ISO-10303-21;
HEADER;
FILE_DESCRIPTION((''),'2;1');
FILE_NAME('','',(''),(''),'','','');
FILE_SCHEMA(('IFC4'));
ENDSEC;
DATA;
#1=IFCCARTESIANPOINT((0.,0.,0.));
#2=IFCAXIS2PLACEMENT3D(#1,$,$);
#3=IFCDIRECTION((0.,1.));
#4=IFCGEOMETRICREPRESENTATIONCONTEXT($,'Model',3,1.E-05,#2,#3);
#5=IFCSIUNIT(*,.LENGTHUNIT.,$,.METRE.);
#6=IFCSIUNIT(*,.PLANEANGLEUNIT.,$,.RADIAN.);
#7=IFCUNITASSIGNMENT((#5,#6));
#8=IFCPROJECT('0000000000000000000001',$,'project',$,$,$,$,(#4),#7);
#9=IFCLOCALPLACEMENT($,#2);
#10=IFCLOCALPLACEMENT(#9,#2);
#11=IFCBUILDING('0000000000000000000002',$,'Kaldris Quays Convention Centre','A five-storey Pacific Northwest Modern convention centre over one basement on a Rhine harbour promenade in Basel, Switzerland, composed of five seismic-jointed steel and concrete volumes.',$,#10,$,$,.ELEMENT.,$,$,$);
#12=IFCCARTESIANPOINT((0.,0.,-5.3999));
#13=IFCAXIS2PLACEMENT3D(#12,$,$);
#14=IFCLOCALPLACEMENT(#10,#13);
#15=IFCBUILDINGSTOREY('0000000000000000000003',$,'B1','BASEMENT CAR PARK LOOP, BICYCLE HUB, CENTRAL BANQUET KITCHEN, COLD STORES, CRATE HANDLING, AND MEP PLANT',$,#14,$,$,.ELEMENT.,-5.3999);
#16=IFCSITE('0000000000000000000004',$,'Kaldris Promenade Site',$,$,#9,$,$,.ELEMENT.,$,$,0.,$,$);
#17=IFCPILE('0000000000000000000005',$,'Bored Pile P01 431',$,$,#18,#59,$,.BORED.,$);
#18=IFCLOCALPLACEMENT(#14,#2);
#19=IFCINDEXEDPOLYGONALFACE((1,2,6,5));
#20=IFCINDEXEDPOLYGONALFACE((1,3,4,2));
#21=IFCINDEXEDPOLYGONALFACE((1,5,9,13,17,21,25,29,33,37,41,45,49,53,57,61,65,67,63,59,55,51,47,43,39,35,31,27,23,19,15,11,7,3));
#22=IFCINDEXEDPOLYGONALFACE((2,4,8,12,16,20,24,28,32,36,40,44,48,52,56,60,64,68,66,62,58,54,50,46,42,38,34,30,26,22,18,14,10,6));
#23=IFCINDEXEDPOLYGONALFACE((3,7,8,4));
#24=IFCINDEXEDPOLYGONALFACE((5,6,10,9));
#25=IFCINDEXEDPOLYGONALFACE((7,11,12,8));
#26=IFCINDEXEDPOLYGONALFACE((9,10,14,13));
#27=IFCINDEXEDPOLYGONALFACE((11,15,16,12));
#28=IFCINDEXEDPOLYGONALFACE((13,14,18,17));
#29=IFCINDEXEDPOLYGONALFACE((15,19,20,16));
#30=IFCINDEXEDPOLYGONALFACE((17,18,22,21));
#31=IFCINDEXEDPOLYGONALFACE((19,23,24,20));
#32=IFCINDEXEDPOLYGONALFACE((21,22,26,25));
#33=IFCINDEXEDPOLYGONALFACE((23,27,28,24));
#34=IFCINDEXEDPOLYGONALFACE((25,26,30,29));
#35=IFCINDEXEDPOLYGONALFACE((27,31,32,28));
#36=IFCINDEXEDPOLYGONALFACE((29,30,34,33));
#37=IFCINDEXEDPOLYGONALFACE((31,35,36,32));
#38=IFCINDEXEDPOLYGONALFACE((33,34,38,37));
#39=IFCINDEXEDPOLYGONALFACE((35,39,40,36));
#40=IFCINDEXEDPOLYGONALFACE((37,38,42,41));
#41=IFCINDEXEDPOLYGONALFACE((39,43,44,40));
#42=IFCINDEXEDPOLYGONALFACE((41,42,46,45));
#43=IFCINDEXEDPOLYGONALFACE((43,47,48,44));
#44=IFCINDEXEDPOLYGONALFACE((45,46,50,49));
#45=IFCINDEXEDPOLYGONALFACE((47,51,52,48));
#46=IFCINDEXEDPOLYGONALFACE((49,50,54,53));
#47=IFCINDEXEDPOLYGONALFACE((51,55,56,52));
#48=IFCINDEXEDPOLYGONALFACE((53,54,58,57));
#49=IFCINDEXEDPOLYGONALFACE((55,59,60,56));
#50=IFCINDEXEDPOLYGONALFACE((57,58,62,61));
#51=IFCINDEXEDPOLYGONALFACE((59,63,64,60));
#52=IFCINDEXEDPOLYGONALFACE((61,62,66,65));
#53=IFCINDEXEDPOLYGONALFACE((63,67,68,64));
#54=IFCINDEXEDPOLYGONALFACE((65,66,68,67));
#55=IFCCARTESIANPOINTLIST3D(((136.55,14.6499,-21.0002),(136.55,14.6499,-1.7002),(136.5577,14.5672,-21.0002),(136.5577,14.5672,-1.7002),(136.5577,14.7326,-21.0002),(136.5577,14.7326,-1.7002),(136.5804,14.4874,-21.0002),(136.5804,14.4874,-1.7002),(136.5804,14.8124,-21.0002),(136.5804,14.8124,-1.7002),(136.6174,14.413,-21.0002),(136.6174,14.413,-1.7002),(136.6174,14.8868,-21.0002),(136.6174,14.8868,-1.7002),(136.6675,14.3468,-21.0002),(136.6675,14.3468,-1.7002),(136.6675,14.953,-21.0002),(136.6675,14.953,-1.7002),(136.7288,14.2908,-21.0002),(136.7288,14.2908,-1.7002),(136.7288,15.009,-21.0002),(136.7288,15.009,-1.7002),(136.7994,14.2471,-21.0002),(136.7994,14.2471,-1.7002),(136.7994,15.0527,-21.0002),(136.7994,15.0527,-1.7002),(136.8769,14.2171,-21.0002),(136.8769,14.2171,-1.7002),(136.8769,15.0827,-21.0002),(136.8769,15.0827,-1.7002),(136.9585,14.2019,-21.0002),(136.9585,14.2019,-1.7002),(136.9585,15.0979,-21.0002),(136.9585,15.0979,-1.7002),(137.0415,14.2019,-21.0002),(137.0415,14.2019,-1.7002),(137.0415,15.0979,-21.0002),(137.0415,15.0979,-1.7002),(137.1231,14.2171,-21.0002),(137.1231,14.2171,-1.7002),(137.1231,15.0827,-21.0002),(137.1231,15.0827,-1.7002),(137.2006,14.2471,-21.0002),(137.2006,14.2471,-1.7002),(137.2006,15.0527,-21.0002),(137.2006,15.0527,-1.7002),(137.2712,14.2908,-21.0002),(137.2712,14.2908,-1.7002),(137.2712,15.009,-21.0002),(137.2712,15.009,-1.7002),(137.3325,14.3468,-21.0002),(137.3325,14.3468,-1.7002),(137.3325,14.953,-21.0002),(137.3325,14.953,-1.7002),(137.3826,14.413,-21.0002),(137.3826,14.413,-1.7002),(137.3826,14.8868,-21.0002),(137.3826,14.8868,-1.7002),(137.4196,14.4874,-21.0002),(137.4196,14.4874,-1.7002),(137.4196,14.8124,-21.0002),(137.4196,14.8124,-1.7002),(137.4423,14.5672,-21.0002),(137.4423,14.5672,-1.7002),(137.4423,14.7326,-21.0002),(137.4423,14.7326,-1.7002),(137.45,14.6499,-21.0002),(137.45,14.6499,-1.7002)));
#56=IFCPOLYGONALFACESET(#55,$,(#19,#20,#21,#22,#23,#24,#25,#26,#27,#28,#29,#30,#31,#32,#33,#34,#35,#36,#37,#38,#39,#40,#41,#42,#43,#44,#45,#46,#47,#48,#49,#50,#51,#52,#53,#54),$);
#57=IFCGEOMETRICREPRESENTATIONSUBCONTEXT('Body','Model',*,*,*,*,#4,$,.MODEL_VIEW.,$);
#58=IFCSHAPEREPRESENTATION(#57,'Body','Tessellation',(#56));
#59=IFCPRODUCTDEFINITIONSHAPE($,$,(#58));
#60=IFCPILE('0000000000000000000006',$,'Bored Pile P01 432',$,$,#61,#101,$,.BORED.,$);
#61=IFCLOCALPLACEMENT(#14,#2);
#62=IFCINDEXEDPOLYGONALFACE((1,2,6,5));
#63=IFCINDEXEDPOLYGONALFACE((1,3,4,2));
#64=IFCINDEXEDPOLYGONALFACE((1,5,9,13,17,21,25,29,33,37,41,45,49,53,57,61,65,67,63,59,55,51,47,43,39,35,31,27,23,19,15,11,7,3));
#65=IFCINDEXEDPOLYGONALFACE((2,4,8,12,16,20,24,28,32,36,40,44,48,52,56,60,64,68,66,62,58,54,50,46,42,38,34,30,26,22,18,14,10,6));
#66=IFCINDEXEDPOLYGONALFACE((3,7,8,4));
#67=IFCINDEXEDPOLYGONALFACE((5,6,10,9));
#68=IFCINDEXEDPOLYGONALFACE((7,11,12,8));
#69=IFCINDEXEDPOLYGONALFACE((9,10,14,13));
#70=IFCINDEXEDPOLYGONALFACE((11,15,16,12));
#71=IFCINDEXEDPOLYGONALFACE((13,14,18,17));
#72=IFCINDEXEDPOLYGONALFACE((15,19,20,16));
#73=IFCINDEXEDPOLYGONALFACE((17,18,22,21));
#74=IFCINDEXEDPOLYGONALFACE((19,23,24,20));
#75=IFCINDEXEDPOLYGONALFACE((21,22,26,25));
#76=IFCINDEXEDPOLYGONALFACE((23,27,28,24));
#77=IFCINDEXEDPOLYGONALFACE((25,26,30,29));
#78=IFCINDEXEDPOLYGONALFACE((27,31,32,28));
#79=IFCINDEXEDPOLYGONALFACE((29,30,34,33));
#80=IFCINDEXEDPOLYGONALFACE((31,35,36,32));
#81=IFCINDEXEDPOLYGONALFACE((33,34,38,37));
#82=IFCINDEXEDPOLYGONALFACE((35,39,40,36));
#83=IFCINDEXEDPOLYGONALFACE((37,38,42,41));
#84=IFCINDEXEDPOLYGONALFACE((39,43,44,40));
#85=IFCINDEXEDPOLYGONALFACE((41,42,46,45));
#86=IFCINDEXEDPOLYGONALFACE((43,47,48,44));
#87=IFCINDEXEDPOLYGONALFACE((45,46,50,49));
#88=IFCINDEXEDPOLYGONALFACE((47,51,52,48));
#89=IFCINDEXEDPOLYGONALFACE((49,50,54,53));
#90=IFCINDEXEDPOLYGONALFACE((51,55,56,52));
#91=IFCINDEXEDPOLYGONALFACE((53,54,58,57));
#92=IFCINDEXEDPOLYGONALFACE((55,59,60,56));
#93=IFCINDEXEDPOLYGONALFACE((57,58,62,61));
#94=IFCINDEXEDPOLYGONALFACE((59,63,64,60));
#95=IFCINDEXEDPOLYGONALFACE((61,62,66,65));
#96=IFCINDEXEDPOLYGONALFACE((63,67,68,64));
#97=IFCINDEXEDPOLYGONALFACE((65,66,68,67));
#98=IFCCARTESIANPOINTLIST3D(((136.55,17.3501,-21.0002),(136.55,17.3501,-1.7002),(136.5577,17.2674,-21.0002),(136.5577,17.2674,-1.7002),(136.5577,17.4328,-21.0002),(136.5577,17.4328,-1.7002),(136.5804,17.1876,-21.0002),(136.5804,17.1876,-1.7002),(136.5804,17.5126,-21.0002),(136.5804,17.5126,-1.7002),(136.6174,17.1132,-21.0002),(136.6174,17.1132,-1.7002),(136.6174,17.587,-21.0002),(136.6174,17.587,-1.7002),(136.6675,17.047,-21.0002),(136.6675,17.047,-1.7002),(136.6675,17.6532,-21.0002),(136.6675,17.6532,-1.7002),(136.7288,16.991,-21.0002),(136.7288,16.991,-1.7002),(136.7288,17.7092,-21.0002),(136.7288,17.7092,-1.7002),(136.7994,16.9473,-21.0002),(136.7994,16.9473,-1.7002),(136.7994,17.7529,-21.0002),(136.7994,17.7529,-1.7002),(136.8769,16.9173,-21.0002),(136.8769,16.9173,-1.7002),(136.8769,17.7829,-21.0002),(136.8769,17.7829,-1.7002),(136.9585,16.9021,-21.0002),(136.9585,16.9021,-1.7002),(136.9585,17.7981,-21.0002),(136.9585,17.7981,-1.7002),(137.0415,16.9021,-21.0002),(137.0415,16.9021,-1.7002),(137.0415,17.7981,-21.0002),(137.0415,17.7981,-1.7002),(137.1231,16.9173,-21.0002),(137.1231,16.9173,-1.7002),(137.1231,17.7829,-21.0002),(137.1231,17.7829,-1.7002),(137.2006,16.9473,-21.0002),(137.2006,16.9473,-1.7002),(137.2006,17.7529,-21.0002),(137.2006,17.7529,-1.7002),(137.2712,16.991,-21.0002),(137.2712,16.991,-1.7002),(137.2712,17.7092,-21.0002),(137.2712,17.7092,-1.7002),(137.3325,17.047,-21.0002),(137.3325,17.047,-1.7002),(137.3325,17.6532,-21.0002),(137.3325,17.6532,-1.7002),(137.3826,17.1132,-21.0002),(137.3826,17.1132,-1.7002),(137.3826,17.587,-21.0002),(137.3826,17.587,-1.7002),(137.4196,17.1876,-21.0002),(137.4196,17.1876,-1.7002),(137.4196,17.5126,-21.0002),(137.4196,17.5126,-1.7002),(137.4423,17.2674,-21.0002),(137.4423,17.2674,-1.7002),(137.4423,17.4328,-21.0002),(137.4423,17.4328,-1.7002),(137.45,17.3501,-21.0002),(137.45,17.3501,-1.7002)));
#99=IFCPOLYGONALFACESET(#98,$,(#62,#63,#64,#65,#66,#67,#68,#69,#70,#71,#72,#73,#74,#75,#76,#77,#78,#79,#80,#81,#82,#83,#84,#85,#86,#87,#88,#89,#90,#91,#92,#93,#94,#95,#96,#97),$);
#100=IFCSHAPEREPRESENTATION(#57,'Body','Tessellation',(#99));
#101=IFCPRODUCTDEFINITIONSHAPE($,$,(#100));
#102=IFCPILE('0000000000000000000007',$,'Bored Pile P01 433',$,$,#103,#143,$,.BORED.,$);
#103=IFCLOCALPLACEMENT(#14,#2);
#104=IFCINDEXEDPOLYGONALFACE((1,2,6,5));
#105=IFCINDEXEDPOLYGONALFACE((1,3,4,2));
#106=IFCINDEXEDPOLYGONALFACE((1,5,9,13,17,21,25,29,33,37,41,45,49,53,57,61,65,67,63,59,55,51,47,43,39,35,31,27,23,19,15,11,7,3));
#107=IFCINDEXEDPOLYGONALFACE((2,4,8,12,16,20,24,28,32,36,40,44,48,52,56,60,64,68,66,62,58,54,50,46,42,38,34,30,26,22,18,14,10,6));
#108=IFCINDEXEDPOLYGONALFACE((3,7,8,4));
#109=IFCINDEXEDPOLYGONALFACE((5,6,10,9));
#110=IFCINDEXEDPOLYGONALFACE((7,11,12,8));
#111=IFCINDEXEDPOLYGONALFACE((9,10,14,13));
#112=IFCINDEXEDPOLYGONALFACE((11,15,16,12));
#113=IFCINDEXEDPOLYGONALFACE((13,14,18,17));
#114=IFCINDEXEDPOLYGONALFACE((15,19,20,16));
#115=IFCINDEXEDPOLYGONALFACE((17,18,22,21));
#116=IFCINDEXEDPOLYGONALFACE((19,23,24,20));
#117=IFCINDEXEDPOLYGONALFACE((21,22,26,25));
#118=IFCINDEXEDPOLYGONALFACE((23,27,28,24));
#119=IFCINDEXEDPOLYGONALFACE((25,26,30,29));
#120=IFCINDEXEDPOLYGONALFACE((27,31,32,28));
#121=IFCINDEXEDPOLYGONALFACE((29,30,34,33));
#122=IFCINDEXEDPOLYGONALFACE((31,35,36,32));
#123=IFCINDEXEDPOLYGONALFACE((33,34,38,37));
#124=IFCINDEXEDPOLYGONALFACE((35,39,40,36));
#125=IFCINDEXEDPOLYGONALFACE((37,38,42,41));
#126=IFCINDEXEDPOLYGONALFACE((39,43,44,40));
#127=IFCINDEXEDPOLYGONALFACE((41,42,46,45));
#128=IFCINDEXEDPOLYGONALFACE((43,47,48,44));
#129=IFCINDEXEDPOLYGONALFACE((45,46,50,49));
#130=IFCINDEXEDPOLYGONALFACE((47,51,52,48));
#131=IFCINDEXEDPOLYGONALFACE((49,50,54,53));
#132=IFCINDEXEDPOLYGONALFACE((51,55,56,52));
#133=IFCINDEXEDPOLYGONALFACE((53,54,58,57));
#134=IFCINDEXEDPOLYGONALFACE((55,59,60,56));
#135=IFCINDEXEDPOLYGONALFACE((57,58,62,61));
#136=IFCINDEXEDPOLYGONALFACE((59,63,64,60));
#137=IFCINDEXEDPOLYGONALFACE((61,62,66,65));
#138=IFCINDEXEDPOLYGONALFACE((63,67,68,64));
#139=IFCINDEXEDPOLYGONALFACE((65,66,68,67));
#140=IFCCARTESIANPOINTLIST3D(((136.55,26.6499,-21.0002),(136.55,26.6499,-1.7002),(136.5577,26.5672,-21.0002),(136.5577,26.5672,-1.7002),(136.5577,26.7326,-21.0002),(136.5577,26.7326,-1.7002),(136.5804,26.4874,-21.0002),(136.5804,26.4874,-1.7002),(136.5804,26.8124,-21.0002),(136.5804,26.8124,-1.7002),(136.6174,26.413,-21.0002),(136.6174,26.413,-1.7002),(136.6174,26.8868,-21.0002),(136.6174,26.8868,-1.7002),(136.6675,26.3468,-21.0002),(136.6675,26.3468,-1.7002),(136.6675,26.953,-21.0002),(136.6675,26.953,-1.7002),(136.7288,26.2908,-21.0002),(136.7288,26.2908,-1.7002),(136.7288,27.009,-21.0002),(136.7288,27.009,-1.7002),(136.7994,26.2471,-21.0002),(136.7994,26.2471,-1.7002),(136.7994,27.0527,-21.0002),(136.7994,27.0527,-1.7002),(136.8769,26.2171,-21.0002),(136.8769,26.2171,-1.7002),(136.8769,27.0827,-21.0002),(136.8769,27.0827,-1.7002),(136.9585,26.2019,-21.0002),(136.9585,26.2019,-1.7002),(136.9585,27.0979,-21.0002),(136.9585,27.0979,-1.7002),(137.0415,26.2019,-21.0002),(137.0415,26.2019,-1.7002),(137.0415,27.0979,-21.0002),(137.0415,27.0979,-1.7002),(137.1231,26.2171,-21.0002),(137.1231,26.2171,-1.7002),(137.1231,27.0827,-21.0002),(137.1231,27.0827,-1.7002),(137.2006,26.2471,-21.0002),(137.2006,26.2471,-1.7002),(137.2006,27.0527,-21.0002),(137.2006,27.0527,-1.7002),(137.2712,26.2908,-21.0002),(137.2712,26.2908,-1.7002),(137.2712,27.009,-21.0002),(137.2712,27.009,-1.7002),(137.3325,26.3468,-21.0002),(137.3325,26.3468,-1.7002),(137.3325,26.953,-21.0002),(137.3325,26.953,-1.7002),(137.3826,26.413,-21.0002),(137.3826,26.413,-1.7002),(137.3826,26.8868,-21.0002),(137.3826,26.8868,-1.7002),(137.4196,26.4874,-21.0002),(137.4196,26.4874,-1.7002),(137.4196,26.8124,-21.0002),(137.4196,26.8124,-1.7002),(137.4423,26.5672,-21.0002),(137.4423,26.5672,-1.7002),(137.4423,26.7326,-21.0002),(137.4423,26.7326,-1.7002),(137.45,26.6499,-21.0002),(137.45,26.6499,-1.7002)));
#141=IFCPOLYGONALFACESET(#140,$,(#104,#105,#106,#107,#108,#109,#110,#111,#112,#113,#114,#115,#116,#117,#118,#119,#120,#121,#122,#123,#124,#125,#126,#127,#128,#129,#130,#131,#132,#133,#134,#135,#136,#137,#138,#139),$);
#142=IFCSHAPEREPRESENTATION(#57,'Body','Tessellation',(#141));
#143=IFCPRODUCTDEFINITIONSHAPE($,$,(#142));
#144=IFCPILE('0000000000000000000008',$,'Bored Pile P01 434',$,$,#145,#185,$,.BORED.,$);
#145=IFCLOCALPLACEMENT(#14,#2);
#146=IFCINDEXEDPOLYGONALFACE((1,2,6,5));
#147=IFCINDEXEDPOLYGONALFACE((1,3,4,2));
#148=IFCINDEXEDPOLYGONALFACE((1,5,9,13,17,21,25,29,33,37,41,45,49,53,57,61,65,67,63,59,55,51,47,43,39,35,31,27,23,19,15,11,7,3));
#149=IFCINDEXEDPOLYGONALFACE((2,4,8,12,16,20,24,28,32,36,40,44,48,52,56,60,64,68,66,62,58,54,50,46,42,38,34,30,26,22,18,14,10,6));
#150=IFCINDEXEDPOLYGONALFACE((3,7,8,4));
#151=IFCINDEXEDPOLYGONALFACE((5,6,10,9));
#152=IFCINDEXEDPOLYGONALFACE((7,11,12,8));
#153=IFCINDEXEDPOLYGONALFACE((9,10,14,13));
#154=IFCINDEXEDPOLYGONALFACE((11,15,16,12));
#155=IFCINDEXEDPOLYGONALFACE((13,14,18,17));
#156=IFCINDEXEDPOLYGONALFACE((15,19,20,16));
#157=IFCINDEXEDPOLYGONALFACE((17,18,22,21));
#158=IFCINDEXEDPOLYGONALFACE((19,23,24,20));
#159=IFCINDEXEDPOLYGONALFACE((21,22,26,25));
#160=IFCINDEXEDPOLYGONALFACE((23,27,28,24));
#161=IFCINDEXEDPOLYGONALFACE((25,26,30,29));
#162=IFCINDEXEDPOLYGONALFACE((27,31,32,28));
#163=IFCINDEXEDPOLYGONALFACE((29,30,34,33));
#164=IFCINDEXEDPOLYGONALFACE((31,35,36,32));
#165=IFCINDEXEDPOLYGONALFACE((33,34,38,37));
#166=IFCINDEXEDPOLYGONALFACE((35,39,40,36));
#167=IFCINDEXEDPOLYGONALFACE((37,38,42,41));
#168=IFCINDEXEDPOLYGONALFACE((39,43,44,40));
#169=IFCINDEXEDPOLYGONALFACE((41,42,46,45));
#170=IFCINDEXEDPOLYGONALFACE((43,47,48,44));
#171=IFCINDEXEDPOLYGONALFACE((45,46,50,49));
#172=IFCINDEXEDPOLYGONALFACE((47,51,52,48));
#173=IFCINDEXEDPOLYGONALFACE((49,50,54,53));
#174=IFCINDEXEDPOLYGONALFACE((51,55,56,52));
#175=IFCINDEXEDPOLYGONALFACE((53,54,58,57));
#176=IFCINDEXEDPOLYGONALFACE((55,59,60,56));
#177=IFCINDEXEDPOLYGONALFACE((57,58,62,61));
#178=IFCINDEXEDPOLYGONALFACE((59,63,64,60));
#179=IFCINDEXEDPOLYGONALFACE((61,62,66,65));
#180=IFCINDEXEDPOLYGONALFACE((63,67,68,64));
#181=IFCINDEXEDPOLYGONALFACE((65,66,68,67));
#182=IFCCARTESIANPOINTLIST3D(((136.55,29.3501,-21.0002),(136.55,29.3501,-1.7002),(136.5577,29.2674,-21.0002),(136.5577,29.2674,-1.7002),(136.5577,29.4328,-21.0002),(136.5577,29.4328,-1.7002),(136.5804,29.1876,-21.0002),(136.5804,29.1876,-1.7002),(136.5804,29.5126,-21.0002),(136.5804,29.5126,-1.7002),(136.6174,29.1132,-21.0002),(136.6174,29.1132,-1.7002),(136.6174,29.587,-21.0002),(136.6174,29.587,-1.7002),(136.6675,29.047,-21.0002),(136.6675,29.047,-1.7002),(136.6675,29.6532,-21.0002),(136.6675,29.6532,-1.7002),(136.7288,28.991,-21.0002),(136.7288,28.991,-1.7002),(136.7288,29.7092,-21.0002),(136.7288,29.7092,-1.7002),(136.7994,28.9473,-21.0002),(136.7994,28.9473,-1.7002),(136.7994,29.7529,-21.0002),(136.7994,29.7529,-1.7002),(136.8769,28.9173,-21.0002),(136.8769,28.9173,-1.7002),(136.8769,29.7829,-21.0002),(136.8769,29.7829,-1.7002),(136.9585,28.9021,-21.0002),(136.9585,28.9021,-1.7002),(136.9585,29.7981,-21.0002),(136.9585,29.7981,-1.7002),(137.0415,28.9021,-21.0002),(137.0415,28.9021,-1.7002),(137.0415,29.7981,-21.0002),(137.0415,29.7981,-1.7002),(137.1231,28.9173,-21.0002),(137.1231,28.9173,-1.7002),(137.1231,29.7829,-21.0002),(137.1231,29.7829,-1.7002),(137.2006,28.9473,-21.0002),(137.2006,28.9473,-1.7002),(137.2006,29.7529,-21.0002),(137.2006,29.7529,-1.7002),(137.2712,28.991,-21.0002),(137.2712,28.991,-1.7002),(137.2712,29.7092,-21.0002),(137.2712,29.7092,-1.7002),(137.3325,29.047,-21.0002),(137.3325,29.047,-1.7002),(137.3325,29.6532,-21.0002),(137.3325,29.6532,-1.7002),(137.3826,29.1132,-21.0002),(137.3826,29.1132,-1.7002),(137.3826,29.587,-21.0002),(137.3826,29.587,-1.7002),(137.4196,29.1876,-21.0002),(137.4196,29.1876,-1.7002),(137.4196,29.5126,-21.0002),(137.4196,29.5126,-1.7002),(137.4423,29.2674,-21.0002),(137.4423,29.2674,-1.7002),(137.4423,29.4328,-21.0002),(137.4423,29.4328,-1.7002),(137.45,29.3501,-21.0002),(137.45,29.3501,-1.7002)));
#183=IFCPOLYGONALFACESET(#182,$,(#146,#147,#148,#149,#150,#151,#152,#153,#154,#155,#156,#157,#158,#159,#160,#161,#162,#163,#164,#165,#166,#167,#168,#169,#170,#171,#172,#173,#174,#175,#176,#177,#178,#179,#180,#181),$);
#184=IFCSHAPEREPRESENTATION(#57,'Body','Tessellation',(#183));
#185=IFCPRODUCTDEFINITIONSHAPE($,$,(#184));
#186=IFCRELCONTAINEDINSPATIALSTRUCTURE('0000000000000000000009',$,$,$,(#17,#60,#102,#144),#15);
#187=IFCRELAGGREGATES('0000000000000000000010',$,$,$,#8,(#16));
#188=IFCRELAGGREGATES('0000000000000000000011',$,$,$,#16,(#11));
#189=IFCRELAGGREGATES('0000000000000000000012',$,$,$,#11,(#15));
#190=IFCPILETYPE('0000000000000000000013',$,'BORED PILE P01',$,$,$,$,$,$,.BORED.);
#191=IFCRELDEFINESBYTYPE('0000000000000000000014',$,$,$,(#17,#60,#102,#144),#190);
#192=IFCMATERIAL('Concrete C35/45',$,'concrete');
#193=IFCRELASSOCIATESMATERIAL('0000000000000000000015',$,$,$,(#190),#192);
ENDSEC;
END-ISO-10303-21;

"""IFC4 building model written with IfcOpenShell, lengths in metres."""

from ifc_helpers import new_model, si_unit, direction, frame, origin, origin_2d, place, context, subcontext, project, spatial, circle, extrude, material, material_profile, profile_set, type_object, element, save


model = new_model("IFC4")

# Units and contexts
model_context = context("Model", 3, precision=1e-05, world=origin(), true_north=direction((0.0, 1.0)))
body_context = subcontext(model_context, "Body", "Model", "MODEL_VIEW")
ifc_project = project(units=[si_unit("LENGTHUNIT", "METRE"), si_unit("PLANEANGLEUNIT", "RADIAN")], contexts=[model_context])

# Site, building, storey
site_placement = place(None, origin())
site = spatial("IfcSite", under=ifc_project, at=site_placement, Name="Kaldris Promenade Site", CompositionType="ELEMENT", RefElevation=0.0)
building_placement = place(site_placement, origin())
building = spatial("IfcBuilding", under=site, at=building_placement, Name="Kaldris Quays Convention Centre", Description="A five-storey Pacific Northwest Modern convention centre over one basement on a Rhine harbour promenade in Basel, Switzerland, composed of five seismic-jointed steel and concrete volumes.", CompositionType="ELEMENT")
storey_placement = place(building_placement, frame((0.0, 0.0, -5.3999)))
storey = spatial("IfcBuildingStorey", under=building, at=storey_placement, Name="B1", Description="BASEMENT CAR PARK LOOP, BICYCLE HUB, CENTRAL BANQUET KITCHEN, COLD STORES, CRATE HANDLING, AND MEP PLANT", CompositionType="ELEMENT", Elevation=-5.3999)

# Piles
ifc_material_1 = material(Name="Concrete C35/45", Category="concrete")
ifc_material_profile_1 = material_profile(ifc_material_1, circle(Radius=0.45, at=origin_2d()), Name="BORED PILE D900")
ifc_profile_set_1 = profile_set([ifc_material_profile_1], Name="Concrete C35/45")
pile_type_1 = type_object("IfcPileType", Name="BORED PILE P01", PredefinedType="BORED", material=ifc_profile_set_1)
for number, where, z_axis, x_axis, name in (
    (1, (137.0, 14.6499, -1.7002), (0.0, 0.0, -1.0), (1.0, 0.0, 0.0), "Bored Pile P01 431"),
    (2, (137.0, 17.3501, -1.7002), (0.0, 0.0, -1.0), (1.0, 0.0, 0.0), "Bored Pile P01 432"),
    (3, (137.0, 26.6499, -1.7002), (0.0, 0.0, -1.0), (1.0, 0.0, 0.0), "Bored Pile P01 433"),
    (4, (137.0, 29.3501, -1.7002), (0.0, 0.0, -1.0), (1.0, 0.0, 0.0), "Bored Pile P01 434"),
):
    element("IfcPile", number, at=place(storey_placement, frame(where, z_axis=z_axis, x_axis=x_axis)), inside=storey, type_object=pile_type_1, Name=name, PredefinedType="BORED", context=body_context, shape_type="SweptSolid", body=[
        extrude(circle(Radius=0.45, at=origin_2d()), origin(), (0.0, 0.0, 1.0), 19.3),
    ])

save(model, "model.ifc")
